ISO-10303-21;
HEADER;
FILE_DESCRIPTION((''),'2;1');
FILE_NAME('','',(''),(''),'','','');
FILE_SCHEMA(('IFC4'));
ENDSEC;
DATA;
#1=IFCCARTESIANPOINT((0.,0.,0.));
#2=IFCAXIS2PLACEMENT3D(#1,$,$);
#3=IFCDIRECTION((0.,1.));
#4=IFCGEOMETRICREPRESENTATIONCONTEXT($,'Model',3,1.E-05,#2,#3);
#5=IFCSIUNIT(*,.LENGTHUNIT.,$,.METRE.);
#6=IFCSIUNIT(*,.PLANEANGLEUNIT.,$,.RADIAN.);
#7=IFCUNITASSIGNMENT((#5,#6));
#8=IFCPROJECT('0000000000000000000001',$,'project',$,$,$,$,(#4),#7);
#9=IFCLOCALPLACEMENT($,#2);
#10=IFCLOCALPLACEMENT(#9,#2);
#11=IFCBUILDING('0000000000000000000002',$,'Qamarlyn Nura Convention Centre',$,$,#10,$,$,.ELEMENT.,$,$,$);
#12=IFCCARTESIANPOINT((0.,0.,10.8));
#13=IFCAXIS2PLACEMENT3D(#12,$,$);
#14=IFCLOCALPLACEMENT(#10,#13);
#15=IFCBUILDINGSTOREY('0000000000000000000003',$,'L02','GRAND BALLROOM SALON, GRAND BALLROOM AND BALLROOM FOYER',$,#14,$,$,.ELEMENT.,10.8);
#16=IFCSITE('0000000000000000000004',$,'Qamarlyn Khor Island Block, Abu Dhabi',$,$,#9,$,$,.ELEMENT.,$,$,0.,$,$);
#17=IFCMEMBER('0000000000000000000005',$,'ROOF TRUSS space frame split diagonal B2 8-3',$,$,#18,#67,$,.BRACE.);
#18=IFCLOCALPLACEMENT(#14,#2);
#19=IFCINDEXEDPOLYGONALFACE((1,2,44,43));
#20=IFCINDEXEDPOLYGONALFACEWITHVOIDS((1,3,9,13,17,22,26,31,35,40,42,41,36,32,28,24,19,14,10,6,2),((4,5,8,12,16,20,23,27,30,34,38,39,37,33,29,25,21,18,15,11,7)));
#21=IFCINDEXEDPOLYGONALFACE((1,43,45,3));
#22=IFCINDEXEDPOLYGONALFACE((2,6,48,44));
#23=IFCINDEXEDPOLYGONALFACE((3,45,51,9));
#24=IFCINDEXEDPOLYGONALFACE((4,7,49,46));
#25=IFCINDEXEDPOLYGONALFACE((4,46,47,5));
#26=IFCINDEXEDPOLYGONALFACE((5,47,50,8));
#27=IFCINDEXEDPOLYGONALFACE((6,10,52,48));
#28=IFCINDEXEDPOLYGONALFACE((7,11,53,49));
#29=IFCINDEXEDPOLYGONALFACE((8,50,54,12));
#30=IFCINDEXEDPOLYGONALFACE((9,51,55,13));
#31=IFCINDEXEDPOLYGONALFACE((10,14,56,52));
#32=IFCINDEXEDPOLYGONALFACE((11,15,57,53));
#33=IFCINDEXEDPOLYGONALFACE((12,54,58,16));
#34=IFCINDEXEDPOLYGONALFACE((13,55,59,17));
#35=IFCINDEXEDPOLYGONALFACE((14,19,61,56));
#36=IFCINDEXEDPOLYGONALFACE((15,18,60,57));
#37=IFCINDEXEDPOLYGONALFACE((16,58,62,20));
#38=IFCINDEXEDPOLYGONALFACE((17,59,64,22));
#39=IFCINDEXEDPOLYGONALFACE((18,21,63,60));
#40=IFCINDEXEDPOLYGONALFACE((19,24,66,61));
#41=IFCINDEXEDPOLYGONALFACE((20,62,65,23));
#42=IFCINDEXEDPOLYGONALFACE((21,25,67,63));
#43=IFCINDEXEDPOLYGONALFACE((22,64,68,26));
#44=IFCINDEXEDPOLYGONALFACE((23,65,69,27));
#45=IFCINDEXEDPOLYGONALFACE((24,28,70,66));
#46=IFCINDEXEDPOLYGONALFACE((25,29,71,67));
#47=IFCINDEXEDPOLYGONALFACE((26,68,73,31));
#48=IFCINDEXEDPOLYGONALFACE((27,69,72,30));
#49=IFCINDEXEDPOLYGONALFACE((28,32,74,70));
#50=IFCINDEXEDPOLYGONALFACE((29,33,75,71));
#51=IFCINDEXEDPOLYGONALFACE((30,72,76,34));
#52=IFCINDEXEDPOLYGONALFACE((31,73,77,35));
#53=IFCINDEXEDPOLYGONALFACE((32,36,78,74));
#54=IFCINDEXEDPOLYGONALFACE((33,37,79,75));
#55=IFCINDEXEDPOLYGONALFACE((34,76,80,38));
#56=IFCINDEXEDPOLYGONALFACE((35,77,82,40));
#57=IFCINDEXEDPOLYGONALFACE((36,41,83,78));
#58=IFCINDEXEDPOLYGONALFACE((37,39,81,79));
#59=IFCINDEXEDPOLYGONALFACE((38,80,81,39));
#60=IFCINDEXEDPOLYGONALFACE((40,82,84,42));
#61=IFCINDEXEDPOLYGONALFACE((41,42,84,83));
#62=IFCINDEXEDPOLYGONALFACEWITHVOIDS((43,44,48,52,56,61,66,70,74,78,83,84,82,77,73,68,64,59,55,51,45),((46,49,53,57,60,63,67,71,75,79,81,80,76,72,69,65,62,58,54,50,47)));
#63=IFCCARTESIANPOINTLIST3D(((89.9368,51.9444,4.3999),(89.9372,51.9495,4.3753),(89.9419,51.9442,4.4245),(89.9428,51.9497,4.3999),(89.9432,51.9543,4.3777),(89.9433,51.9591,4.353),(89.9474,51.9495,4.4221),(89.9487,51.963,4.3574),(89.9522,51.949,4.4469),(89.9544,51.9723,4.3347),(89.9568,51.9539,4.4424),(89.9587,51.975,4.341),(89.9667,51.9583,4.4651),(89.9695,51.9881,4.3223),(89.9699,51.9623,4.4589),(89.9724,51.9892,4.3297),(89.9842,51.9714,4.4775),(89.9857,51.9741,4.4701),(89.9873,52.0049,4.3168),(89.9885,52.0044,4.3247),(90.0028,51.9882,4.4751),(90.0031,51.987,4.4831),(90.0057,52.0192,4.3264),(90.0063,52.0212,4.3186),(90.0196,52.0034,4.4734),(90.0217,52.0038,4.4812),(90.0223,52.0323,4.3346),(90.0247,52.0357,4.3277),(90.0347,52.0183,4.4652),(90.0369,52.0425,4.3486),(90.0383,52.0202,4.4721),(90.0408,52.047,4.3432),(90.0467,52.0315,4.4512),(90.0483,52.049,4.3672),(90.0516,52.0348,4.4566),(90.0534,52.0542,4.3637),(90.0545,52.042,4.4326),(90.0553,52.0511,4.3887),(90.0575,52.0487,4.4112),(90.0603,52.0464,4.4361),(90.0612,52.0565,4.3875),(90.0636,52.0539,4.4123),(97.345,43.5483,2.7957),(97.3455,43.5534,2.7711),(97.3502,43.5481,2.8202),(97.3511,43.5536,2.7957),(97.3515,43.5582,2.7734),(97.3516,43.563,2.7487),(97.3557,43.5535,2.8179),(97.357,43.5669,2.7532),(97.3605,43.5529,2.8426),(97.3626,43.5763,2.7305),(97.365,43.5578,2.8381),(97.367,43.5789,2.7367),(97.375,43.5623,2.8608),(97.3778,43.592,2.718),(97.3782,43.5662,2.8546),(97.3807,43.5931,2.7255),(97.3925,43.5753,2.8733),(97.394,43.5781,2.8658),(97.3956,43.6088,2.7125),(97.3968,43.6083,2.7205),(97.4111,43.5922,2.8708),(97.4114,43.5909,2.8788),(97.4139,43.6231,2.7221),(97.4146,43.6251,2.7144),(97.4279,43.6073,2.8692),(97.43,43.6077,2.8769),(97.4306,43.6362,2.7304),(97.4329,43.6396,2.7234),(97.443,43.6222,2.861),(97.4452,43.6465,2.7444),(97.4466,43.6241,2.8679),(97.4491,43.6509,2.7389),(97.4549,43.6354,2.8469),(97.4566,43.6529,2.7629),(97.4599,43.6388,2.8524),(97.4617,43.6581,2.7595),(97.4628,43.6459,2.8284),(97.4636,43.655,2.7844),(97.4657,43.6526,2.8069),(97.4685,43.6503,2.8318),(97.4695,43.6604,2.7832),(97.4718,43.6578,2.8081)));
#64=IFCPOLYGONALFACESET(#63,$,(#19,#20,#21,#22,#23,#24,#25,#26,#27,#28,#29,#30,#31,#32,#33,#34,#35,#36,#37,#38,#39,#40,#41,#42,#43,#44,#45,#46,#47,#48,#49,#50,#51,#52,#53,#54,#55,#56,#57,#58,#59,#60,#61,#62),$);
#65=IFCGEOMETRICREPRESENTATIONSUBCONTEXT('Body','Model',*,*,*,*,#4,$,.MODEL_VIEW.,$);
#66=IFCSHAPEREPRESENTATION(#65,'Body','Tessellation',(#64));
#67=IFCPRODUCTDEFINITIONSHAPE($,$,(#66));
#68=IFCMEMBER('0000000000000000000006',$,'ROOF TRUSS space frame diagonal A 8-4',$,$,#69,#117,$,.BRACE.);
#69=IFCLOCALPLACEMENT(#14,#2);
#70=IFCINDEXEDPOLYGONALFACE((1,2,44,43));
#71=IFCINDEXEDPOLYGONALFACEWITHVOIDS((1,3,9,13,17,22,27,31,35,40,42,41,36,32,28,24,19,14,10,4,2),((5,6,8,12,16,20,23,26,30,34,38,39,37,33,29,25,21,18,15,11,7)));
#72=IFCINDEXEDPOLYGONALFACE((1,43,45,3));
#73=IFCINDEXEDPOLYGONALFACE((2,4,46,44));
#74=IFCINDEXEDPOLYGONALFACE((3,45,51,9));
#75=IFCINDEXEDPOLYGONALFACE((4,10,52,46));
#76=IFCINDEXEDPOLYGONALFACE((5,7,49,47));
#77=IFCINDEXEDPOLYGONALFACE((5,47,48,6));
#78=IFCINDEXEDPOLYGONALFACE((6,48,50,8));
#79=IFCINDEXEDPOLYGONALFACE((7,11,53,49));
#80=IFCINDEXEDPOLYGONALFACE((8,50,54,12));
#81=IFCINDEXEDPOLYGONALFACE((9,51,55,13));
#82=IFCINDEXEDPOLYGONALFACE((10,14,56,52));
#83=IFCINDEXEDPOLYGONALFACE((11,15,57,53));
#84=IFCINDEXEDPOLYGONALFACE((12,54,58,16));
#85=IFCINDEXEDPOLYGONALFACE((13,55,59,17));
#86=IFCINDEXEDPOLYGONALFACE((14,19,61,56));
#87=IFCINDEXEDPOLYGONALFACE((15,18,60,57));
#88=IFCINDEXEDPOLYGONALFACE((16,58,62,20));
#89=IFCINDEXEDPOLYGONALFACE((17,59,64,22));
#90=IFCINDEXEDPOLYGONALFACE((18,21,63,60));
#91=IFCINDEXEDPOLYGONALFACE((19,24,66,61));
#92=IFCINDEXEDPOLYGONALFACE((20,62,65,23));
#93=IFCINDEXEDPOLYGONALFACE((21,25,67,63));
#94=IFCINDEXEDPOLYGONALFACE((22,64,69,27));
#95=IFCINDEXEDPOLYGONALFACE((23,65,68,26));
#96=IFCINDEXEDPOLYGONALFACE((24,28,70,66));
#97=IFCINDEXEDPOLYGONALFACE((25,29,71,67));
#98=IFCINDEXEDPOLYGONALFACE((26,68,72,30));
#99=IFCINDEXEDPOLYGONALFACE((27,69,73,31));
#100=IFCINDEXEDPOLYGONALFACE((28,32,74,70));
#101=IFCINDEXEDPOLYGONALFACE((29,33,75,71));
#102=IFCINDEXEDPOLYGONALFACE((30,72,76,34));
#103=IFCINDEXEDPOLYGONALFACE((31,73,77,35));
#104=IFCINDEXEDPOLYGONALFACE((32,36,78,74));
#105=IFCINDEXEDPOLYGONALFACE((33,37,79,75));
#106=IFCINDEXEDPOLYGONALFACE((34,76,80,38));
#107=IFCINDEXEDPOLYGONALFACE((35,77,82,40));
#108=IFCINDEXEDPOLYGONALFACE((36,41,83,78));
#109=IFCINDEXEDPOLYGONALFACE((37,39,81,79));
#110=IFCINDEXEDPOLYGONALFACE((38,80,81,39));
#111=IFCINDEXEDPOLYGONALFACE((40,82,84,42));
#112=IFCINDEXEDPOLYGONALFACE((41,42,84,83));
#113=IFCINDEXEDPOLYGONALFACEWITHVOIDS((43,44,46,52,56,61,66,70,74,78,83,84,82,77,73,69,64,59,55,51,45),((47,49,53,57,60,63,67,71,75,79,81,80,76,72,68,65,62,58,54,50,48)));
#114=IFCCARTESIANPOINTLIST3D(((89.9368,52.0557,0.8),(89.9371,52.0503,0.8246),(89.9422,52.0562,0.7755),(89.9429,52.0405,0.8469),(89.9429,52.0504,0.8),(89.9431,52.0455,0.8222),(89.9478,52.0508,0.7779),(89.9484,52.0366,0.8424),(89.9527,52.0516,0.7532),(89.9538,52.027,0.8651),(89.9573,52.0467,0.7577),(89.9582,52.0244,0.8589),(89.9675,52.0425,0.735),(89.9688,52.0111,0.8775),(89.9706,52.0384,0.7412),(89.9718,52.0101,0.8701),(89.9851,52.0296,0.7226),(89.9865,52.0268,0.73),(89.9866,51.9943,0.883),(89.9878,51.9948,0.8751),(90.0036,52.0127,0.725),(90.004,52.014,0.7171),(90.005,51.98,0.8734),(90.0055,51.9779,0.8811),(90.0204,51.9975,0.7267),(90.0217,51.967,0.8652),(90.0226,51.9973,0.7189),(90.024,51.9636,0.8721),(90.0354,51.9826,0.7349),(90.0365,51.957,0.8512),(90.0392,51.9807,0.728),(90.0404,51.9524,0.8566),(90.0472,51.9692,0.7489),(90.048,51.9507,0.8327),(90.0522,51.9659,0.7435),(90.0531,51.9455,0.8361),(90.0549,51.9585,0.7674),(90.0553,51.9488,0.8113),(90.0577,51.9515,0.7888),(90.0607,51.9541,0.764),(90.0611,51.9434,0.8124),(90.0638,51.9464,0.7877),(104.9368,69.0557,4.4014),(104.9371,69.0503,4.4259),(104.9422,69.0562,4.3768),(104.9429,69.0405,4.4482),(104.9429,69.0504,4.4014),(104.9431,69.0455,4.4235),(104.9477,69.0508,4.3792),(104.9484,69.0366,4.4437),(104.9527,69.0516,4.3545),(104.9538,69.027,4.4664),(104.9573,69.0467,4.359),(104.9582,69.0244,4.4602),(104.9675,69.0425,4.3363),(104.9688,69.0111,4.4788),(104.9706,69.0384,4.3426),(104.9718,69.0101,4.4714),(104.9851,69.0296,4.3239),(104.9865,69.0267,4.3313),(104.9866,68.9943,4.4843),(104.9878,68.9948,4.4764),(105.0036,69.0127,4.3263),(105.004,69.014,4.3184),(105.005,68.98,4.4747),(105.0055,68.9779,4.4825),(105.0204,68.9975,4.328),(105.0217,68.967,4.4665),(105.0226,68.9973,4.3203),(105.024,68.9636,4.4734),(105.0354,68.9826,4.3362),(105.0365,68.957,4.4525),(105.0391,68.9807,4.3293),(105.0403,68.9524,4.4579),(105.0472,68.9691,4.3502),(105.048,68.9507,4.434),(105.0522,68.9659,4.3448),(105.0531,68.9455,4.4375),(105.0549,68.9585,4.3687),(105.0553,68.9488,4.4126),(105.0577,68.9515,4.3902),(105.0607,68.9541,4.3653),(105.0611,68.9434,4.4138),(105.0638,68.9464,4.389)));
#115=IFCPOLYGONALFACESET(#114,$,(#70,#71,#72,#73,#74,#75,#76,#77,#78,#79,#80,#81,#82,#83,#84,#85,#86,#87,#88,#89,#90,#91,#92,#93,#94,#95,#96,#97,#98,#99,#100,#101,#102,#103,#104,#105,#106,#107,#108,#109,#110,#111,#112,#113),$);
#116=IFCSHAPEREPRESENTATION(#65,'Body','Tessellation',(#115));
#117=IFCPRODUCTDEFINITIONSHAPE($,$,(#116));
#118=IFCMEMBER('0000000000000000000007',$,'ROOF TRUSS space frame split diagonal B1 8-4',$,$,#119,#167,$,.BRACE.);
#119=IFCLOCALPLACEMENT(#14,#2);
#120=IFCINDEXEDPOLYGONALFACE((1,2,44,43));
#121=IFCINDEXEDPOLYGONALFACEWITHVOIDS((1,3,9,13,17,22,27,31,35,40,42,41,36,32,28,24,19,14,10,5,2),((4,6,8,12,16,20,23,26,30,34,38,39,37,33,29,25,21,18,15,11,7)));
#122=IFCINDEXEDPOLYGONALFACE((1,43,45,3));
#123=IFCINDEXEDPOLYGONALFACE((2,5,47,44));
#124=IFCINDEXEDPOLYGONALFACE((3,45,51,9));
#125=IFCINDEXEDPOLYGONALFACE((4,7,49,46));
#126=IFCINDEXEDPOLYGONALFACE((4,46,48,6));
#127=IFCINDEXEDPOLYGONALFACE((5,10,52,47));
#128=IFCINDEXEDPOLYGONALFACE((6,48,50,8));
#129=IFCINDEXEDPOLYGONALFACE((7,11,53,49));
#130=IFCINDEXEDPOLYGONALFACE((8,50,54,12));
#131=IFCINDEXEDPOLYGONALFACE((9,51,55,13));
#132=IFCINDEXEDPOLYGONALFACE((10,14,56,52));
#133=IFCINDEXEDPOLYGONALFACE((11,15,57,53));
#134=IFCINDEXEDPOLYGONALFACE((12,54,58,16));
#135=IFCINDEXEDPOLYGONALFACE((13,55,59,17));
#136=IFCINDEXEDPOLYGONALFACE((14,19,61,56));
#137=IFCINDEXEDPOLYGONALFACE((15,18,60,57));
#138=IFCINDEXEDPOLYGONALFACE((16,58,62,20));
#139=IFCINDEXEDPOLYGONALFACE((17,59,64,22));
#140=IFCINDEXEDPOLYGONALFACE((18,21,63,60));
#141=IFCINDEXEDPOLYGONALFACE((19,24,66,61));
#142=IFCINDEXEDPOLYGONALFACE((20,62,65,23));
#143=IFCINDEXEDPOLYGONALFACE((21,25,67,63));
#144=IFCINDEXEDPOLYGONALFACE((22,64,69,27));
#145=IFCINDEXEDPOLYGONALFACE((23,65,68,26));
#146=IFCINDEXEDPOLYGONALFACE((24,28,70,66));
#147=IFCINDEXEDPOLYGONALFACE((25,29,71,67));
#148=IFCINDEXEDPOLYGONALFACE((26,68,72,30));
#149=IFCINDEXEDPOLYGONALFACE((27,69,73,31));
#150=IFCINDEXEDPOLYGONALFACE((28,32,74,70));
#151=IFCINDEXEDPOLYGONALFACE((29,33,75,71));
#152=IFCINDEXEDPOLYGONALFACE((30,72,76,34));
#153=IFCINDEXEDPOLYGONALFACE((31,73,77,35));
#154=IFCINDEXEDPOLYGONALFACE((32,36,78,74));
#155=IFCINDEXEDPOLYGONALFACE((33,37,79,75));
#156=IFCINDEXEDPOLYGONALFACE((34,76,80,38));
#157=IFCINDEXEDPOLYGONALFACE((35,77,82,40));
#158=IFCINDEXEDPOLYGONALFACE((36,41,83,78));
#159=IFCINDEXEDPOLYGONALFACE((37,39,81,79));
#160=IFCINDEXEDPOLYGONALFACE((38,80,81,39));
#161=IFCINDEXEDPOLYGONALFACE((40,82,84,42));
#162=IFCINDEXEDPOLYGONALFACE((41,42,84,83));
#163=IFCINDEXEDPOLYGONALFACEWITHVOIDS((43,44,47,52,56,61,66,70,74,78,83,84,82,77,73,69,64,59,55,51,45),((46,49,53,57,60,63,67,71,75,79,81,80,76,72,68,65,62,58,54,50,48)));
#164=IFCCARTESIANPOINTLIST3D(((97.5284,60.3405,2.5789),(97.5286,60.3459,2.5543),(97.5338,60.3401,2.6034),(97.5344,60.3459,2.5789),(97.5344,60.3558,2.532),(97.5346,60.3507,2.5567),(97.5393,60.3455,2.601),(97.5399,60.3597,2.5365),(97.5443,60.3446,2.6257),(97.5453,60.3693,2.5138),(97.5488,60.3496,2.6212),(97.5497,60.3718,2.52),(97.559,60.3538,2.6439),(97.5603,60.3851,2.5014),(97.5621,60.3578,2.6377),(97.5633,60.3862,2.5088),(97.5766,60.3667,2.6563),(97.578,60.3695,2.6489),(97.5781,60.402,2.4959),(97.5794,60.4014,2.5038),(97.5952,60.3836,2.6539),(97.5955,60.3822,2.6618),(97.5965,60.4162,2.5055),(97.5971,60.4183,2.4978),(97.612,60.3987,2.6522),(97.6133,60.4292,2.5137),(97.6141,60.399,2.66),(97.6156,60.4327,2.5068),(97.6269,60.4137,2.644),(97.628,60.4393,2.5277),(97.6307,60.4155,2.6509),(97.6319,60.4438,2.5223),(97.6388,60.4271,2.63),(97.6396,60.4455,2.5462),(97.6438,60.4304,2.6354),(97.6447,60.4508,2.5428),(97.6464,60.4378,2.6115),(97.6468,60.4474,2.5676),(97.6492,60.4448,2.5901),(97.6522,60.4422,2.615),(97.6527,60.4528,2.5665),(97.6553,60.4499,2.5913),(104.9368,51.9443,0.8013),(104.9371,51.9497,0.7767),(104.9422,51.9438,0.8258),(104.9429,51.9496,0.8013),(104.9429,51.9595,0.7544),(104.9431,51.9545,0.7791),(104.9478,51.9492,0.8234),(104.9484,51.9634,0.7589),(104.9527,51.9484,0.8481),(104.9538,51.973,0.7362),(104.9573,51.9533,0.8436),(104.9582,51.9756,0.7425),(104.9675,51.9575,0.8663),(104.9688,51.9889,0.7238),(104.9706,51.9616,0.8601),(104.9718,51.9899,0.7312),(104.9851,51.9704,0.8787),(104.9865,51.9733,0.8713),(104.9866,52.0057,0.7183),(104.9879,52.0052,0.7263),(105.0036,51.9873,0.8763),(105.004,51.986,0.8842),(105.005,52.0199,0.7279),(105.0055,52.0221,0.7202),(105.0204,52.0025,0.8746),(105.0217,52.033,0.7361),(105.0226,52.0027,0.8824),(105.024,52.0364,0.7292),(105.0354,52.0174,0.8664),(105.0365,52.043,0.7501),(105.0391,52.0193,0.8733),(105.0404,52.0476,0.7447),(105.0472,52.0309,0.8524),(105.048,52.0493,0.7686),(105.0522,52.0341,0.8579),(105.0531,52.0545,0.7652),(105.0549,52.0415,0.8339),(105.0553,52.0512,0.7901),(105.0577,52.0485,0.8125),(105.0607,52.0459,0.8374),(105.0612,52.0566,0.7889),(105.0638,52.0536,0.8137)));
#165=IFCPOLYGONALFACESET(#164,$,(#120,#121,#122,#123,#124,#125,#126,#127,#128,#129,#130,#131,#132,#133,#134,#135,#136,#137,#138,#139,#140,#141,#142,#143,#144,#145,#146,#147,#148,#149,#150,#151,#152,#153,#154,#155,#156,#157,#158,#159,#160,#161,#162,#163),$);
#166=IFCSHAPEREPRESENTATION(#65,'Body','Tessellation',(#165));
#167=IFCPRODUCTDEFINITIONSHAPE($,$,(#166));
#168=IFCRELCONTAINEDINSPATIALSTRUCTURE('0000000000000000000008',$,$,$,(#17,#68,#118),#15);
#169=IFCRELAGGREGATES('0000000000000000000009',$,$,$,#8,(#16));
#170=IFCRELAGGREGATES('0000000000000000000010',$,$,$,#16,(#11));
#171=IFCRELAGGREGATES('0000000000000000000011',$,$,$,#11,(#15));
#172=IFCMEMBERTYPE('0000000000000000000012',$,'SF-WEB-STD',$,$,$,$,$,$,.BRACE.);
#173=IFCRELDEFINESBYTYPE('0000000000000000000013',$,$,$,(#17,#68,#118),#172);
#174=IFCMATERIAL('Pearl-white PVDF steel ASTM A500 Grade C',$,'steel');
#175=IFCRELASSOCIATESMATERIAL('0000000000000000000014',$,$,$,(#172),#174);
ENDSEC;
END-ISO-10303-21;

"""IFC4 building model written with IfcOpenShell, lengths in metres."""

from ifc_helpers import new_model, si_unit, direction, frame, origin, origin_2d, place, context, subcontext, project, spatial, hollow_circle, extrude, material, material_profile, profile_set, type_object, element, save


model = new_model("IFC4")

# Units and contexts
model_context = context("Model", 3, precision=1e-05, world=origin(), true_north=direction((0.0, 1.0)))
body_context = subcontext(model_context, "Body", "Model", "MODEL_VIEW")
ifc_project = project(units=[si_unit("LENGTHUNIT", "METRE"), si_unit("PLANEANGLEUNIT", "RADIAN")], contexts=[model_context])

# Site, building, storey
site_placement = place(None, origin())
site = spatial("IfcSite", under=ifc_project, at=site_placement, Name="Qamarlyn Khor Island Block, Abu Dhabi", CompositionType="ELEMENT", RefElevation=0.0)
building_placement = place(site_placement, origin())
building = spatial("IfcBuilding", under=site, at=building_placement, Name="Qamarlyn Nura Convention Centre", CompositionType="ELEMENT")
storey_placement = place(building_placement, frame((0.0, 0.0, 10.8)))
storey = spatial("IfcBuildingStorey", under=building, at=storey_placement, Name="L02", Description="GRAND BALLROOM SALON, GRAND BALLROOM AND BALLROOM FOYER", CompositionType="ELEMENT", Elevation=10.8)

# Members
ifc_material_1 = material(Name="Pearl-white PVDF steel ASTM A500 Grade C", Category="steel")
ifc_material_profile_1 = material_profile(ifc_material_1, hollow_circle(Radius=0.0842, WallThickness=0.0081, at=origin_2d()), Name="CHS168.3X8")
ifc_profile_set_1 = profile_set([ifc_material_profile_1], Name="Pearl-white PVDF steel ASTM A500 Grade C")
member_type_1 = type_object("IfcMemberType", Name="SF-WEB-STD", PredefinedType="BRACE", material=ifc_profile_set_1)
member_1_placement = place(storey_placement, frame((97.4082, 43.604, 2.7957), z_axis=(-0.654932, 0.742259, 0.141826), x_axis=(-0.749839, -0.66162, 0.0)))
element("IfcMember", 1, at=member_1_placement, inside=storey, type_object=member_type_1, Name="ROOF TRUSS space frame split diagonal B2 8-3", PredefinedType="BRACE", context=body_context, shape_type="SweptSolid", body=[
    extrude(hollow_circle(Radius=0.0842, WallThickness=0.0081, at=origin_2d()), origin(), (0.0, 0.0, 1.0), 11.3115),
])
member_2_placement = place(storey_placement, frame((90.0, 52.0, 0.8), z_axis=(0.653429, 0.740553, 0.15688), x_axis=(-0.749838, 0.661622, 0.0)))
element("IfcMember", 2, at=member_2_placement, inside=storey, type_object=member_type_1, Name="ROOF TRUSS space frame diagonal A 8-4", PredefinedType="BRACE", context=body_context, shape_type="SweptSolid", body=[
    extrude(hollow_circle(Radius=0.0842, WallThickness=0.0081, at=origin_2d()), origin(), (0.0, 0.0, 1.0), 22.9558),
])
for number, where, z_axis, x_axis, name in (
    (3, (105.0, 52.0, 0.8013), (-0.653439, 0.740564, 0.156787), (-0.749838, -0.661622, 0.0), "ROOF TRUSS space frame split diagonal B1 8-4"),
):
    element("IfcMember", number, at=place(storey_placement, frame(where, z_axis=z_axis, x_axis=x_axis)), inside=storey, type_object=member_type_1, Name=name, PredefinedType="BRACE", context=body_context, shape_type="SweptSolid", body=[
        extrude(hollow_circle(Radius=0.0842, WallThickness=0.0081, at=origin_2d()), origin(), (0.0, 0.0, 1.0), 11.3376),
    ])

save(model, "model.ifc")
